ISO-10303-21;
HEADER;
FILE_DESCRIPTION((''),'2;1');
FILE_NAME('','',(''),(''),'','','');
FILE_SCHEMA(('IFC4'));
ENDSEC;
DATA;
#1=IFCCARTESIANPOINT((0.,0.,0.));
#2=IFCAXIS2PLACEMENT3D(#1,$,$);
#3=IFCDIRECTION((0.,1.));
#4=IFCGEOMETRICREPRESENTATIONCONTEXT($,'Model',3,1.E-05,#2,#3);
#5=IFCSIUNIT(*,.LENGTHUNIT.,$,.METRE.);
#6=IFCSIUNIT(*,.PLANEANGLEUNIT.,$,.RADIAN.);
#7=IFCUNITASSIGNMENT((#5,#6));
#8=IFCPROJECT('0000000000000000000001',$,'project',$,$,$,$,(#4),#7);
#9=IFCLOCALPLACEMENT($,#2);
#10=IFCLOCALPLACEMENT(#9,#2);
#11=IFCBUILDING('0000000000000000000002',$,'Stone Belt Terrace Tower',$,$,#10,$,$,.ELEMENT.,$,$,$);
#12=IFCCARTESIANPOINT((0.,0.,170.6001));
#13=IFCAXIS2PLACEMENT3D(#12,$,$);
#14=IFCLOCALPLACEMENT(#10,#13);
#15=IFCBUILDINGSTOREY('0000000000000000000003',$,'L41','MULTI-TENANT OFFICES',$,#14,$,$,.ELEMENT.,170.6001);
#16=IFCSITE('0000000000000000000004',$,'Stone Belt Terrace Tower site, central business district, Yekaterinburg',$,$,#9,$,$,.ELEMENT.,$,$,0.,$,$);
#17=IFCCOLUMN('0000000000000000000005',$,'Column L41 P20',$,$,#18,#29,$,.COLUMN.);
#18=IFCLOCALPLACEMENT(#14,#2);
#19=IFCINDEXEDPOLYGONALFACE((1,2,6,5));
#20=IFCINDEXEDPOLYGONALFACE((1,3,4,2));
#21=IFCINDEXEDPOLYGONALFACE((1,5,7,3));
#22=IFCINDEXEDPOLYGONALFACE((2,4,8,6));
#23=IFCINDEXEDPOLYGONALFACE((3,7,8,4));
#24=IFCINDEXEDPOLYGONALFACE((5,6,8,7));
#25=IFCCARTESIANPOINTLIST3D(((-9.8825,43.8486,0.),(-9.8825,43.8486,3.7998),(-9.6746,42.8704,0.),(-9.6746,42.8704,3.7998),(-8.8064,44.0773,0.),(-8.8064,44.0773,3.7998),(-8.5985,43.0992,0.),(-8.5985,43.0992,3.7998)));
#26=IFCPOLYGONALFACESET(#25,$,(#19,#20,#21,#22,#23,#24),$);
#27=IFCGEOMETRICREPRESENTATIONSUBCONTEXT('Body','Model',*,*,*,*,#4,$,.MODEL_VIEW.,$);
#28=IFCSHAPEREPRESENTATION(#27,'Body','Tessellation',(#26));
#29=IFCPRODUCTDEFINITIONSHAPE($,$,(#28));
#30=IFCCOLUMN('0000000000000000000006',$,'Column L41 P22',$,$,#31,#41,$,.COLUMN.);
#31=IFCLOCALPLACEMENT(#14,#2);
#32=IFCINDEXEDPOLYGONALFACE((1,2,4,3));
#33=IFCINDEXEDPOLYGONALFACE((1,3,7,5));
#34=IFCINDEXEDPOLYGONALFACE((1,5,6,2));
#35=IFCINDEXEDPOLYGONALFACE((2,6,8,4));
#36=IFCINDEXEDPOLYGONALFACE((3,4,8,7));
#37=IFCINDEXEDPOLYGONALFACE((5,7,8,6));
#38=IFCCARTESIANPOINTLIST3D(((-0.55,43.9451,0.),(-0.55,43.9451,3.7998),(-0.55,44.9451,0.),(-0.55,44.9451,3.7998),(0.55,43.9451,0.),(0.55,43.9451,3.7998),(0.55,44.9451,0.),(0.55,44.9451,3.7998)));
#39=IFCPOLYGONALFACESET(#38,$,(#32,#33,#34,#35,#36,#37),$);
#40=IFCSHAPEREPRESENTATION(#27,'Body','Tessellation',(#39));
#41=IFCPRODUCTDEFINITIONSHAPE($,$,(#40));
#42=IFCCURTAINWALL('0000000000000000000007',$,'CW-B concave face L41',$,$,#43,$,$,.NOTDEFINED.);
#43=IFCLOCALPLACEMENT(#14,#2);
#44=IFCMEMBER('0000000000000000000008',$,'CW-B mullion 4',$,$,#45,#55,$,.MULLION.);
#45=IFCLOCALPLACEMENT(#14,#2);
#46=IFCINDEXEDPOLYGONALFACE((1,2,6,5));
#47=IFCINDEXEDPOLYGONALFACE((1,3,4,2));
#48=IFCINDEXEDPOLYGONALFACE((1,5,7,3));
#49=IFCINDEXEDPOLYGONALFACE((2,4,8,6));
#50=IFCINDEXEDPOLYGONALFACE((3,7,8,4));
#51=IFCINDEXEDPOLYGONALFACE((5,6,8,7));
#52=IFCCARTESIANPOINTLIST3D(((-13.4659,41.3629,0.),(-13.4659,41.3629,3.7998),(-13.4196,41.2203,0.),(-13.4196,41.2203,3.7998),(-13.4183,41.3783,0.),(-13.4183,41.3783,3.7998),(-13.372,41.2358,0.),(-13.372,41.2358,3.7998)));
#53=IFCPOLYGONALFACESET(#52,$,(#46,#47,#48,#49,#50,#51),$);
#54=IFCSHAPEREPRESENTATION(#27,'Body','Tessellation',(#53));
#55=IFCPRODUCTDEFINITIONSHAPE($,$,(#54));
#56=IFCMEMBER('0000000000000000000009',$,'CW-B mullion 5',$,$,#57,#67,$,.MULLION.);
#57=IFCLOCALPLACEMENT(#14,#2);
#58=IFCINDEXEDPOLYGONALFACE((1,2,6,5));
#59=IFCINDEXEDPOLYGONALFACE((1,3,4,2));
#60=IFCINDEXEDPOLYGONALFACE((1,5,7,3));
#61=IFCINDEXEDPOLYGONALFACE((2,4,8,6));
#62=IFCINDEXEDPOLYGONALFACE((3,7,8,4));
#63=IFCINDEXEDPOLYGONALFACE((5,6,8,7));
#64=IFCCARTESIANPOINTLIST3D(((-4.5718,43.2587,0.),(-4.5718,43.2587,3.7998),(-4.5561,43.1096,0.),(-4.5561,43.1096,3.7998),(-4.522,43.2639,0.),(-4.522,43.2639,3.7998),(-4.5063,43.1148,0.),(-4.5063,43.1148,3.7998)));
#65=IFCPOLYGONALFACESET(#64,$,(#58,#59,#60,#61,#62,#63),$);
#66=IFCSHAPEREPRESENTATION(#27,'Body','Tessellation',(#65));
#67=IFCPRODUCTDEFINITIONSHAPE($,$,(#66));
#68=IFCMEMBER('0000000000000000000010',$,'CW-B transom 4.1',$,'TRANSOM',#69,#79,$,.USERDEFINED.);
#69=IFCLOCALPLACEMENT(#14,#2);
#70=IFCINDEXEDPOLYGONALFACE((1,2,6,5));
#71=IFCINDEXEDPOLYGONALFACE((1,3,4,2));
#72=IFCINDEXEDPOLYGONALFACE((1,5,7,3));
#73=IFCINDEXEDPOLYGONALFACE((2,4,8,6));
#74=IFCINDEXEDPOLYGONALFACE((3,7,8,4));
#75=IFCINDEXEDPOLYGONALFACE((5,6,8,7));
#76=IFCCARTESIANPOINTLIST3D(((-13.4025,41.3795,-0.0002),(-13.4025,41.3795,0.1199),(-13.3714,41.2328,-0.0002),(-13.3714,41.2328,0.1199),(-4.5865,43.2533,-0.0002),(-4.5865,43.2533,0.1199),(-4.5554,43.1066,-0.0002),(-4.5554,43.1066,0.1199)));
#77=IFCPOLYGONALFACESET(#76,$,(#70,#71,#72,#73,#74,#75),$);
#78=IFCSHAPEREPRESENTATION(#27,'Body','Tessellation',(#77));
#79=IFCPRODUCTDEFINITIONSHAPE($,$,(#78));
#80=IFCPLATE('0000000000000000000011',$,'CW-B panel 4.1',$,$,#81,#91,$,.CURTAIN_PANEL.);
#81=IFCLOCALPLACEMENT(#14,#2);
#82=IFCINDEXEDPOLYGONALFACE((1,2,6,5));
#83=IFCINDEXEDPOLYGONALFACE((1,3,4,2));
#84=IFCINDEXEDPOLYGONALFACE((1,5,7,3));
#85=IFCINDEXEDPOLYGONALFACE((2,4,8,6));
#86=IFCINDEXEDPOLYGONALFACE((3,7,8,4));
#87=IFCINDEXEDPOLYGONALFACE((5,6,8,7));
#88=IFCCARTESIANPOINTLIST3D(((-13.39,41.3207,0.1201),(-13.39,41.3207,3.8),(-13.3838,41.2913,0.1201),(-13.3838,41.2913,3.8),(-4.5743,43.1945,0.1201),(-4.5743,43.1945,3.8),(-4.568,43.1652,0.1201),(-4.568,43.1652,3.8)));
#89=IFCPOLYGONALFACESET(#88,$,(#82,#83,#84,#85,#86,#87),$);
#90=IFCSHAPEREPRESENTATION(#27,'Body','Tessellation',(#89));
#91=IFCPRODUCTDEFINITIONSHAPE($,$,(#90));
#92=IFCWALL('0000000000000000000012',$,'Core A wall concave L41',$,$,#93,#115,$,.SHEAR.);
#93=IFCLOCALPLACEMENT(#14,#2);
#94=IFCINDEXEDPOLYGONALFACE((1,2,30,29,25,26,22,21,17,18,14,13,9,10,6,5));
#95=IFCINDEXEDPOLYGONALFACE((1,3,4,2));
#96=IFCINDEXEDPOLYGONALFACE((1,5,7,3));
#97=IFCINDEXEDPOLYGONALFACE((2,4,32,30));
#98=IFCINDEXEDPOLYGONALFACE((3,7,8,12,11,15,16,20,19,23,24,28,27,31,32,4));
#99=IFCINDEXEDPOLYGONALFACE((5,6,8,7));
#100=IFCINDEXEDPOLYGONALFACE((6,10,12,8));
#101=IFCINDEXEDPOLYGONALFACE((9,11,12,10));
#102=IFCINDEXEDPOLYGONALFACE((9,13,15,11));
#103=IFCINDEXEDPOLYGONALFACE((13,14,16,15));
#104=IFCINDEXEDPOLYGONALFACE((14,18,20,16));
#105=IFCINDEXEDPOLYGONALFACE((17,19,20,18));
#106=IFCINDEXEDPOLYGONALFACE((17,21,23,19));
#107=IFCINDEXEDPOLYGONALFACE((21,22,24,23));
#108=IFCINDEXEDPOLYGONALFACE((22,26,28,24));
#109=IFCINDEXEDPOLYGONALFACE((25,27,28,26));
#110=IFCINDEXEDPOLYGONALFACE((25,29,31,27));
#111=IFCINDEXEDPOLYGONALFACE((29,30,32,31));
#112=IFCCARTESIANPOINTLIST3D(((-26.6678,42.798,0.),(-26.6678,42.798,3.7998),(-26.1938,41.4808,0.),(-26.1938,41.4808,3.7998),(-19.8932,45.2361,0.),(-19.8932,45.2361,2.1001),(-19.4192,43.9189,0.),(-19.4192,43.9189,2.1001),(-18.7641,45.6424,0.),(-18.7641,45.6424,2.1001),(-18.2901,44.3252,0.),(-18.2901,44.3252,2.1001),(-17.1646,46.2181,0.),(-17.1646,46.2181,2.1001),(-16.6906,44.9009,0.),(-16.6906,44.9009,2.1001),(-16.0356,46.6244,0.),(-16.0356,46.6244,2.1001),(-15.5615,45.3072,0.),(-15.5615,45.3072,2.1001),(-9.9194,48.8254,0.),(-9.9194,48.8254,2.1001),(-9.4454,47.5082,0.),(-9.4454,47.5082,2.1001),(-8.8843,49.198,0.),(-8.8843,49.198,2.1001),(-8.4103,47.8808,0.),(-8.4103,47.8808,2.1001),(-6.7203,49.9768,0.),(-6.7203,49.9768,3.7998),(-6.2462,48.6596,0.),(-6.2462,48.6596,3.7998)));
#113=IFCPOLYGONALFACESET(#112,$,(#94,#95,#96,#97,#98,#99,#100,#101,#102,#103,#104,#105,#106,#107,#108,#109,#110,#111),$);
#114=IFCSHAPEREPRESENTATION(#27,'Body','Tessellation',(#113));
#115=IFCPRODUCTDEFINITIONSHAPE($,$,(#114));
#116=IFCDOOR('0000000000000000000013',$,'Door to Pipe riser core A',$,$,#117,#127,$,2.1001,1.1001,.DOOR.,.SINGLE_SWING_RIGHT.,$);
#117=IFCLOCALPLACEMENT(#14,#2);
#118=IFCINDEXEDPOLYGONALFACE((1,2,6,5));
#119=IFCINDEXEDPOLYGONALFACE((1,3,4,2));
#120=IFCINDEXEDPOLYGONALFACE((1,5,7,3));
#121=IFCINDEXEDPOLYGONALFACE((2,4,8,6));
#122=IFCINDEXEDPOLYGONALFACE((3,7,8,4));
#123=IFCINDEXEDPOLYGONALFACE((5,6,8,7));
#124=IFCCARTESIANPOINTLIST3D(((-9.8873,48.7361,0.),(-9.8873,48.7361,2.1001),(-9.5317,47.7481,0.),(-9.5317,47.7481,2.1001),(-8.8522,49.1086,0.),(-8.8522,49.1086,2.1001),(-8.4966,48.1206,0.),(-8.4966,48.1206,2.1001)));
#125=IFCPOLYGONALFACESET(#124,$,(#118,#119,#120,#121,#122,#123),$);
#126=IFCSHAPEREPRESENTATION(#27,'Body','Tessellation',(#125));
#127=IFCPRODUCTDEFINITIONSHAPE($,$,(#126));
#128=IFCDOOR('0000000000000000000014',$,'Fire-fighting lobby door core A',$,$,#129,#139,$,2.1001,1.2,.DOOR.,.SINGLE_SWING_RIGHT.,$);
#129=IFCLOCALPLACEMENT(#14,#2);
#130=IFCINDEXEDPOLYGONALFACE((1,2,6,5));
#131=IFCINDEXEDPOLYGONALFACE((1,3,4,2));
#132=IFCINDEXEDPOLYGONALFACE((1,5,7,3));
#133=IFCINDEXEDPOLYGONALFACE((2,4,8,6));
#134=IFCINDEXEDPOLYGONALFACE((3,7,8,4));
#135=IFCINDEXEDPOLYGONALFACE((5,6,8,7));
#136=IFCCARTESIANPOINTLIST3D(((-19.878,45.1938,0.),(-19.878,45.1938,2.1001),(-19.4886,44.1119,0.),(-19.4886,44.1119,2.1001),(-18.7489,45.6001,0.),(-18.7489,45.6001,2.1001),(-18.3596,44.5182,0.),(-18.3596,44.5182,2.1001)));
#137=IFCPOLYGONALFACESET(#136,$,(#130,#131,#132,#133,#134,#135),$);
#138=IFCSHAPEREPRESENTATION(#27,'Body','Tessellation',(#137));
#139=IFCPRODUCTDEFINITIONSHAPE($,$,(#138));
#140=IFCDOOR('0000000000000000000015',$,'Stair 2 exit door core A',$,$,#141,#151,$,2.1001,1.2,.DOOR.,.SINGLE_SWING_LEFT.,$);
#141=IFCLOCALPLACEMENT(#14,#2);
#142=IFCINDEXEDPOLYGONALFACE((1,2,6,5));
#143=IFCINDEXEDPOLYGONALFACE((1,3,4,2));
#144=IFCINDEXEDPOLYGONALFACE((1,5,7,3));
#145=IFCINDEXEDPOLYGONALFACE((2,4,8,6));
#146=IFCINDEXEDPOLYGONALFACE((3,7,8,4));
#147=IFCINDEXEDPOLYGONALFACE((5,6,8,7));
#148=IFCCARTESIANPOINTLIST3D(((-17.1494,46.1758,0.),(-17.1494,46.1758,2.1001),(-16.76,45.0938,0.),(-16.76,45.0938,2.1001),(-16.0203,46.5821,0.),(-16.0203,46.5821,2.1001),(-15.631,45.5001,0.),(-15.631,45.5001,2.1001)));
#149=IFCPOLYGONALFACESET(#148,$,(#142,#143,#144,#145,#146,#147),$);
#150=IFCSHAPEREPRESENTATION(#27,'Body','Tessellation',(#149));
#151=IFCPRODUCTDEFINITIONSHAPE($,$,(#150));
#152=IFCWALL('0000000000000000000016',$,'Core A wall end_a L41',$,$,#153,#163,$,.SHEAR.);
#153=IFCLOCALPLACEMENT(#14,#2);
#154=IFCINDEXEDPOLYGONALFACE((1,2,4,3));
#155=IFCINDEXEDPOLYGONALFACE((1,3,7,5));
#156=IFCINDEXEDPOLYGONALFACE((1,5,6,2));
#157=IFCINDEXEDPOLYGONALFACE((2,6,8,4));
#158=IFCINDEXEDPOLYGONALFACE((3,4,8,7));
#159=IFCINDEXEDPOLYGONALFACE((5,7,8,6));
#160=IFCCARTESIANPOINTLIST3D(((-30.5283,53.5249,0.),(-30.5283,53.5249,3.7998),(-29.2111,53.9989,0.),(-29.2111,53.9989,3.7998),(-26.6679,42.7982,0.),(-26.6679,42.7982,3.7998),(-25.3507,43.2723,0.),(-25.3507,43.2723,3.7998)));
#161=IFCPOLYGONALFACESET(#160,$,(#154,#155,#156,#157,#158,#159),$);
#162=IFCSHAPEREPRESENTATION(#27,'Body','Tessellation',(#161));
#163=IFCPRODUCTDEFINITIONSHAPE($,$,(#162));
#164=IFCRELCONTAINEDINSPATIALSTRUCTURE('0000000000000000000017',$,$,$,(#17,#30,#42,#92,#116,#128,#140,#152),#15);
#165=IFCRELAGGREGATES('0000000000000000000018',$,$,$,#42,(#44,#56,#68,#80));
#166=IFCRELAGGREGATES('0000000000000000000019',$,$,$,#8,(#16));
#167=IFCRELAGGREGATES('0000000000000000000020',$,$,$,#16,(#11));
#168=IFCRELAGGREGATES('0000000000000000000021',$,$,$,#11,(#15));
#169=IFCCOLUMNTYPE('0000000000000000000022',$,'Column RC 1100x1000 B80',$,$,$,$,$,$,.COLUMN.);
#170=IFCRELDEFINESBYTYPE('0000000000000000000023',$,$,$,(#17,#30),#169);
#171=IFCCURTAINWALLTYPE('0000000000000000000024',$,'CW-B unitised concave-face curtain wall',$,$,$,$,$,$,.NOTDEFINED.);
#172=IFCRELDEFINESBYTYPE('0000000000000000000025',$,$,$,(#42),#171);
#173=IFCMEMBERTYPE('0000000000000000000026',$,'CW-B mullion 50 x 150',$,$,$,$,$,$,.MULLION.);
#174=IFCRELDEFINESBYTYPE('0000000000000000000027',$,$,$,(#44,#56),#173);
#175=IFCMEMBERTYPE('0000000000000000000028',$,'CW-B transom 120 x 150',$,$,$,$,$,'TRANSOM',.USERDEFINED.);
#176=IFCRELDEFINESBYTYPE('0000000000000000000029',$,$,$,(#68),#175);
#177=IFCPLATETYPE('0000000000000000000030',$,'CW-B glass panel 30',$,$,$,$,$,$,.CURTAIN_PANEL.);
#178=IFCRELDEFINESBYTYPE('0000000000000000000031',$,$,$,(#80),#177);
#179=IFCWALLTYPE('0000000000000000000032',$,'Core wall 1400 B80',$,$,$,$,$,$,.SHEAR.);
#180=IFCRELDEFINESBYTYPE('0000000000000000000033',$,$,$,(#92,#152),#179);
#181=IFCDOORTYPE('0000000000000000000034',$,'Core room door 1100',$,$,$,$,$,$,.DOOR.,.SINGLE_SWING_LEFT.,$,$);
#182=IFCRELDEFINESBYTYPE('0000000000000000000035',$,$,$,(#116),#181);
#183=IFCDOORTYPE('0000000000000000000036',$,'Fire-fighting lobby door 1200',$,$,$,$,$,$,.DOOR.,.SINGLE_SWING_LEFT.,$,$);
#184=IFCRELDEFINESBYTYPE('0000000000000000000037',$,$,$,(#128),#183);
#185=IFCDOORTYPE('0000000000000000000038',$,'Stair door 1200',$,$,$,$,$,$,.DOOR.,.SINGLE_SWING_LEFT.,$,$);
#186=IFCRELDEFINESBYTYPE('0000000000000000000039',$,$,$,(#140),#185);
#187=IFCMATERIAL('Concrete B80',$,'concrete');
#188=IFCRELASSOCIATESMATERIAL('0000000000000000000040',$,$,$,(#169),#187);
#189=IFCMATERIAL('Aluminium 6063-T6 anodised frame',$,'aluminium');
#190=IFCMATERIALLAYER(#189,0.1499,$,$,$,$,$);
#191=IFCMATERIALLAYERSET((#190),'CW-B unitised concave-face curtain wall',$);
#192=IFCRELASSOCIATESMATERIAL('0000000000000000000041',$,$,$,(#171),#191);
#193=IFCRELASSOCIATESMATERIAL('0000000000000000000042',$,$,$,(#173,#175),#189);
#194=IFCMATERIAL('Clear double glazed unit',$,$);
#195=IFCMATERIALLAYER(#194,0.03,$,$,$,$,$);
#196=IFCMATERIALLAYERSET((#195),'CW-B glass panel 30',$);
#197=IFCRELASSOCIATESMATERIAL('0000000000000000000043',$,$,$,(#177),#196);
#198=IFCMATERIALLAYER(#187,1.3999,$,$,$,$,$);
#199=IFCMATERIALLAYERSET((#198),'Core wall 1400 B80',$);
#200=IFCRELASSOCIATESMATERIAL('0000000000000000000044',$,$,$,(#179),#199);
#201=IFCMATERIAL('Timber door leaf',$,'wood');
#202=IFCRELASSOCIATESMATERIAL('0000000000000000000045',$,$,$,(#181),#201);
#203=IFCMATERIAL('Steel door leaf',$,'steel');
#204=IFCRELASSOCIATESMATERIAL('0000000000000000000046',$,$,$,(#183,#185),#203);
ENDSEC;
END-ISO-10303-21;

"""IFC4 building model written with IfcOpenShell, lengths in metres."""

from ifc_helpers import new_model, si_unit, direction, frame, frame_2d, origin, origin_2d, place, context, subcontext, project, spatial, rectangle, extrude, material, layer, layer_set, material_profile, profile_set, type_object, element, fill, aggregate, save


model = new_model("IFC4")

# Units and contexts
model_context = context("Model", 3, precision=1e-05, world=origin(), true_north=direction((0.0, 1.0)))
body_context = subcontext(model_context, "Body", "Model", "MODEL_VIEW")
ifc_project = project(units=[si_unit("LENGTHUNIT", "METRE"), si_unit("PLANEANGLEUNIT", "RADIAN")], contexts=[model_context])

# Site, building, storey
site_placement = place(None, origin())
site = spatial("IfcSite", under=ifc_project, at=site_placement, Name="Stone Belt Terrace Tower site, central business district, Yekaterinburg", CompositionType="ELEMENT", RefElevation=0.0)
building_placement = place(site_placement, origin())
building = spatial("IfcBuilding", under=site, at=building_placement, Name="Stone Belt Terrace Tower", CompositionType="ELEMENT")
storey_placement = place(building_placement, frame((0.0, 0.0, 170.6001)))
storey = spatial("IfcBuildingStorey", under=building, at=storey_placement, Name="L41", Description="MULTI-TENANT OFFICES", CompositionType="ELEMENT", Elevation=170.6001)

# Columns
ifc_material_1 = material(Name="Concrete B80", Category="concrete")
ifc_material_profile_1 = material_profile(ifc_material_1, rectangle(XDim=1.1001, YDim=1.0, at=origin_2d()), Name="RC 1100x1000")
ifc_profile_set_1 = profile_set([ifc_material_profile_1], Name="Concrete B80")
column_type = type_object("IfcColumnType", Name="Column RC 1100x1000 B80", PredefinedType="COLUMN", material=ifc_profile_set_1)
for number, where, z_axis, x_axis, name in (
    (1, (-9.2405, 43.4739, 0.0), (0.0, 0.0, 1.0), (0.978148, 0.207912, 0.0), "Column L41 P20"),
    (2, (0.0, 44.4451, 0.0), (0.0, 0.0, 1.0), (1.0, 0.0, 0.0), "Column L41 P22"),
):
    element("IfcColumn", number, at=place(storey_placement, frame(where, z_axis=z_axis, x_axis=x_axis)), inside=storey, type_object=column_type, Name=name, PredefinedType="COLUMN", context=body_context, shape_type="SweptSolid", body=[
        extrude(rectangle(XDim=1.1001, YDim=1.0, at=origin_2d()), origin(), (0.0, 0.0, 1.0), 3.7998),
    ])

# Curtain wall, members, plate
ifc_material_2 = material(Name="Aluminium 6063-T6 anodised frame", Category="aluminium")
ifc_layer_1 = layer(ifc_material_2, 0.1499)
ifc_layer_set_1 = layer_set([ifc_layer_1], Name="CW-B unitised concave-face curtain wall")
curtain_wall_type = type_object("IfcCurtainWallType", Name="CW-B unitised concave-face curtain wall", PredefinedType="NOTDEFINED", material=ifc_layer_set_1)
curtain_wall_placement = place(storey_placement, origin())
curtain_wall = element("IfcCurtainWall", 3, at=curtain_wall_placement, inside=storey, type_object=curtain_wall_type, Name="CW-B concave face L41", PredefinedType="NOTDEFINED")
ifc_material_profile_2 = material_profile(ifc_material_2, rectangle(XDim=0.1499, YDim=0.05, at=origin_2d()), Name="Aluminium 6063-T6 50x150")
ifc_profile_set_2 = profile_set([ifc_material_profile_2], Name="Aluminium 6063-T6 anodised frame")
member_type_1 = type_object("IfcMemberType", Name="CW-B mullion 50 x 150", PredefinedType="MULLION", material=ifc_profile_set_2)
member_1_placement = place(storey_placement, frame((-13.4189, 41.2993, 0.0), z_axis=(0.0, 0.0, 1.0), x_axis=(-0.309017, 0.951057, 0.0)))
member_1 = element("IfcMember", 4, at=member_1_placement, type_object=member_type_1, Name="CW-B mullion 4", PredefinedType="MULLION", context=body_context, shape_type="SweptSolid", body=[
    extrude(rectangle(XDim=0.1499, YDim=0.05, at=origin_2d()), origin(), (0.0, 0.0, 1.0), 3.7998),
])
member_2_placement = place(storey_placement, frame((-4.5391, 43.1868, 0.0), z_axis=(0.0, 0.0, 1.0), x_axis=(-0.104528, 0.994522, 0.0)))
member_2 = element("IfcMember", 5, at=member_2_placement, type_object=member_type_1, Name="CW-B mullion 5", PredefinedType="MULLION", context=body_context, shape_type="SweptSolid", body=[
    extrude(rectangle(XDim=0.1499, YDim=0.05, at=origin_2d()), origin(), (0.0, 0.0, 1.0), 3.7998),
])
ifc_material_profile_3 = material_profile(ifc_material_2, rectangle(XDim=0.1499, YDim=0.1201, at=origin_2d()), Name="Aluminium 6063-T6 150x120")
ifc_profile_set_3 = profile_set([ifc_material_profile_3], Name="Aluminium 6063-T6 anodised frame")
member_type_2 = type_object("IfcMemberType", Name="CW-B transom 120 x 150", ElementType="TRANSOM", PredefinedType="USERDEFINED", material=ifc_profile_set_3)
member_3_placement = place(storey_placement, frame((-13.387, 41.3062, 0.0598), z_axis=(0.97815, 0.207901, 0.0), x_axis=(-0.207901, 0.97815, 0.0)))
member_3 = element("IfcMember", 6, at=member_3_placement, type_object=member_type_2, Name="CW-B transom 4.1", ObjectType="TRANSOM", PredefinedType="USERDEFINED", context=body_context, shape_type="SweptSolid", body=[
    extrude(rectangle(XDim=0.1499, YDim=0.1201, at=origin_2d()), origin(), (0.0, 0.0, 1.0), 9.0129),
])
ifc_material_3 = material(Name="Clear double glazed unit")
ifc_layer_2 = layer(ifc_material_3, 0.03)
ifc_layer_set_2 = layer_set([ifc_layer_2], Name="CW-B glass panel 30")
plate_type = type_object("IfcPlateType", Name="CW-B glass panel 30", PredefinedType="CURTAIN_PANEL", material=ifc_layer_set_2)
plate_placement = place(storey_placement, frame((-8.979, 42.2429, 0.1201), z_axis=(0.0, 0.0, 1.0), x_axis=(0.978148, 0.207912, 0.0)))
plate = element("IfcPlate", 7, at=plate_placement, type_object=plate_type, Name="CW-B panel 4.1", PredefinedType="CURTAIN_PANEL", context=body_context, shape_type="SweptSolid", body=[
    extrude(rectangle(XDim=9.0127, YDim=0.03, at=origin_2d()), origin(), (0.0, 0.0, 1.0), 3.6799),
])
aggregate(curtain_wall, [member_1, member_2, member_3, plate])

# Wall, openings, doors
ifc_layer_3 = layer(ifc_material_1, 1.3999)
ifc_layer_set_3 = layer_set([ifc_layer_3], Name="Core wall 1400 B80")
wall_type_1 = type_object("IfcWallType", Name="Core wall 1400 B80", PredefinedType="SHEAR", material=ifc_layer_set_3)
wall_1_placement = place(storey_placement, frame((-26.4309, 42.1394, 0.0), z_axis=(0.0, 0.0, 1.0), x_axis=(0.940923, 0.33862, 0.0)))
wall_1 = element("IfcWall", 8, at=wall_1_placement, inside=storey, type_object=wall_type_1, Name="Core A wall concave L41", PredefinedType="SHEAR", context=body_context, shape_type="SweptSolid", body=[
    extrude(rectangle(XDim=21.2, YDim=1.3999, at=frame_2d((10.6001, 0.0))), origin(), (0.0, 0.0, 1.0), 3.7998),
])
opening_1_placement = place(wall_1_placement, frame((7.2, 0.0, 0.0)))
opening_1 = element("IfcOpeningElement", 9, at=opening_1_placement, cuts=wall_1, PredefinedType="OPENING", context=body_context, shape_type="SweptSolid", body=[
    extrude(rectangle(XDim=1.2, YDim=2.1001, at=frame_2d((0.6001, 1.05))), frame((0.0, 0.71, 0.0), z_axis=(0.0, -1.0, 0.0), x_axis=(1.0, 0.0, 0.0)), (0.0, 0.0, 1.0), 1.4199),
])
opening_2_placement = place(wall_1_placement, frame((10.0999, 0.0, 0.0)))
opening_2 = element("IfcOpeningElement", 10, at=opening_2_placement, cuts=wall_1, PredefinedType="OPENING", context=body_context, shape_type="SweptSolid", body=[
    extrude(rectangle(XDim=1.2, YDim=2.1001, at=frame_2d((0.6001, 1.05))), frame((0.0, 0.71, 0.0), z_axis=(0.0, -1.0, 0.0), x_axis=(1.0, 0.0, 0.0)), (0.0, 0.0, 1.0), 1.4199),
])
opening_3_placement = place(wall_1_placement, frame((17.8, 0.0, 0.0)))
opening_3 = element("IfcOpeningElement", 11, at=opening_3_placement, cuts=wall_1, PredefinedType="OPENING", context=body_context, shape_type="SweptSolid", body=[
    extrude(rectangle(XDim=1.1001, YDim=2.1001, at=frame_2d((0.55, 1.05))), frame((0.0, 0.71, 0.0), z_axis=(0.0, -1.0, 0.0), x_axis=(1.0, 0.0, 0.0)), (0.0, 0.0, 1.0), 1.4199),
])
ifc_material_4 = material(Name="Timber door leaf", Category="wood")
door_type_1 = type_object("IfcDoorType", Name="Core room door 1100", OperationType="SINGLE_SWING_LEFT", PredefinedType="DOOR", material=ifc_material_4)
door_1_placement = place(opening_3_placement, origin())
door_1 = element("IfcDoor", 12, at=door_1_placement, inside=storey, type_object=door_type_1, Name="Door to Pipe riser core A", OperationType="SINGLE_SWING_RIGHT", OverallHeight=2.1001, OverallWidth=1.1001, PredefinedType="DOOR", context=body_context, shape_type="SweptSolid", body=[
    extrude(rectangle(XDim=1.1001, YDim=2.1001, at=frame_2d((0.55, 1.05))), frame((0.0, 0.605, 0.0), z_axis=(0.0, -1.0, 0.0), x_axis=(1.0, 0.0, 0.0)), (0.0, 0.0, 1.0), 1.05),
])
fill(opening_3, door_1)
ifc_material_5 = material(Name="Steel door leaf", Category="steel")
door_type_2 = type_object("IfcDoorType", Name="Fire-fighting lobby door 1200", OperationType="SINGLE_SWING_LEFT", PredefinedType="DOOR", material=ifc_material_5)
door_2_placement = place(opening_1_placement, origin())
door_2 = element("IfcDoor", 13, at=door_2_placement, inside=storey, type_object=door_type_2, Name="Fire-fighting lobby door core A", OperationType="SINGLE_SWING_RIGHT", OverallHeight=2.1001, OverallWidth=1.2, PredefinedType="DOOR", context=body_context, shape_type="SweptSolid", body=[
    extrude(rectangle(XDim=1.2, YDim=2.1001, at=frame_2d((0.6001, 1.05))), frame((0.0, 0.655, 0.0), z_axis=(0.0, -1.0, 0.0), x_axis=(1.0, 0.0, 0.0)), (0.0, 0.0, 1.0), 1.1499),
])
fill(opening_1, door_2)
door_type_3 = type_object("IfcDoorType", Name="Stair door 1200", OperationType="SINGLE_SWING_LEFT", PredefinedType="DOOR", material=ifc_material_5)
door_3_placement = place(opening_2_placement, origin())
door_3 = element("IfcDoor", 14, at=door_3_placement, inside=storey, type_object=door_type_3, Name="Stair 2 exit door core A", OperationType="SINGLE_SWING_LEFT", OverallHeight=2.1001, OverallWidth=1.2, PredefinedType="DOOR", context=body_context, shape_type="SweptSolid", body=[
    extrude(rectangle(XDim=1.2, YDim=2.1001, at=frame_2d((0.6001, 1.05))), frame((0.0, 0.655, 0.0), z_axis=(0.0, -1.0, 0.0), x_axis=(1.0, 0.0, 0.0)), (0.0, 0.0, 1.0), 1.1499),
])
fill(opening_2, door_3)

# Wall
wall_2_placement = place(storey_placement, frame((-26.0093, 43.0352, 0.0), z_axis=(0.0, 0.0, 1.0), x_axis=(-0.338625, 0.940921, 0.0)))
element("IfcWall", 15, at=wall_2_placement, inside=storey, type_object=wall_type_1, Name="Core A wall end_a L41", PredefinedType="SHEAR", context=body_context, shape_type="SweptSolid", body=[
    extrude(rectangle(XDim=11.4001, YDim=1.3999, at=frame_2d((5.7002, 0.0))), origin(), (0.0, 0.0, 1.0), 3.7998),
])

save(model, "model.ifc")
